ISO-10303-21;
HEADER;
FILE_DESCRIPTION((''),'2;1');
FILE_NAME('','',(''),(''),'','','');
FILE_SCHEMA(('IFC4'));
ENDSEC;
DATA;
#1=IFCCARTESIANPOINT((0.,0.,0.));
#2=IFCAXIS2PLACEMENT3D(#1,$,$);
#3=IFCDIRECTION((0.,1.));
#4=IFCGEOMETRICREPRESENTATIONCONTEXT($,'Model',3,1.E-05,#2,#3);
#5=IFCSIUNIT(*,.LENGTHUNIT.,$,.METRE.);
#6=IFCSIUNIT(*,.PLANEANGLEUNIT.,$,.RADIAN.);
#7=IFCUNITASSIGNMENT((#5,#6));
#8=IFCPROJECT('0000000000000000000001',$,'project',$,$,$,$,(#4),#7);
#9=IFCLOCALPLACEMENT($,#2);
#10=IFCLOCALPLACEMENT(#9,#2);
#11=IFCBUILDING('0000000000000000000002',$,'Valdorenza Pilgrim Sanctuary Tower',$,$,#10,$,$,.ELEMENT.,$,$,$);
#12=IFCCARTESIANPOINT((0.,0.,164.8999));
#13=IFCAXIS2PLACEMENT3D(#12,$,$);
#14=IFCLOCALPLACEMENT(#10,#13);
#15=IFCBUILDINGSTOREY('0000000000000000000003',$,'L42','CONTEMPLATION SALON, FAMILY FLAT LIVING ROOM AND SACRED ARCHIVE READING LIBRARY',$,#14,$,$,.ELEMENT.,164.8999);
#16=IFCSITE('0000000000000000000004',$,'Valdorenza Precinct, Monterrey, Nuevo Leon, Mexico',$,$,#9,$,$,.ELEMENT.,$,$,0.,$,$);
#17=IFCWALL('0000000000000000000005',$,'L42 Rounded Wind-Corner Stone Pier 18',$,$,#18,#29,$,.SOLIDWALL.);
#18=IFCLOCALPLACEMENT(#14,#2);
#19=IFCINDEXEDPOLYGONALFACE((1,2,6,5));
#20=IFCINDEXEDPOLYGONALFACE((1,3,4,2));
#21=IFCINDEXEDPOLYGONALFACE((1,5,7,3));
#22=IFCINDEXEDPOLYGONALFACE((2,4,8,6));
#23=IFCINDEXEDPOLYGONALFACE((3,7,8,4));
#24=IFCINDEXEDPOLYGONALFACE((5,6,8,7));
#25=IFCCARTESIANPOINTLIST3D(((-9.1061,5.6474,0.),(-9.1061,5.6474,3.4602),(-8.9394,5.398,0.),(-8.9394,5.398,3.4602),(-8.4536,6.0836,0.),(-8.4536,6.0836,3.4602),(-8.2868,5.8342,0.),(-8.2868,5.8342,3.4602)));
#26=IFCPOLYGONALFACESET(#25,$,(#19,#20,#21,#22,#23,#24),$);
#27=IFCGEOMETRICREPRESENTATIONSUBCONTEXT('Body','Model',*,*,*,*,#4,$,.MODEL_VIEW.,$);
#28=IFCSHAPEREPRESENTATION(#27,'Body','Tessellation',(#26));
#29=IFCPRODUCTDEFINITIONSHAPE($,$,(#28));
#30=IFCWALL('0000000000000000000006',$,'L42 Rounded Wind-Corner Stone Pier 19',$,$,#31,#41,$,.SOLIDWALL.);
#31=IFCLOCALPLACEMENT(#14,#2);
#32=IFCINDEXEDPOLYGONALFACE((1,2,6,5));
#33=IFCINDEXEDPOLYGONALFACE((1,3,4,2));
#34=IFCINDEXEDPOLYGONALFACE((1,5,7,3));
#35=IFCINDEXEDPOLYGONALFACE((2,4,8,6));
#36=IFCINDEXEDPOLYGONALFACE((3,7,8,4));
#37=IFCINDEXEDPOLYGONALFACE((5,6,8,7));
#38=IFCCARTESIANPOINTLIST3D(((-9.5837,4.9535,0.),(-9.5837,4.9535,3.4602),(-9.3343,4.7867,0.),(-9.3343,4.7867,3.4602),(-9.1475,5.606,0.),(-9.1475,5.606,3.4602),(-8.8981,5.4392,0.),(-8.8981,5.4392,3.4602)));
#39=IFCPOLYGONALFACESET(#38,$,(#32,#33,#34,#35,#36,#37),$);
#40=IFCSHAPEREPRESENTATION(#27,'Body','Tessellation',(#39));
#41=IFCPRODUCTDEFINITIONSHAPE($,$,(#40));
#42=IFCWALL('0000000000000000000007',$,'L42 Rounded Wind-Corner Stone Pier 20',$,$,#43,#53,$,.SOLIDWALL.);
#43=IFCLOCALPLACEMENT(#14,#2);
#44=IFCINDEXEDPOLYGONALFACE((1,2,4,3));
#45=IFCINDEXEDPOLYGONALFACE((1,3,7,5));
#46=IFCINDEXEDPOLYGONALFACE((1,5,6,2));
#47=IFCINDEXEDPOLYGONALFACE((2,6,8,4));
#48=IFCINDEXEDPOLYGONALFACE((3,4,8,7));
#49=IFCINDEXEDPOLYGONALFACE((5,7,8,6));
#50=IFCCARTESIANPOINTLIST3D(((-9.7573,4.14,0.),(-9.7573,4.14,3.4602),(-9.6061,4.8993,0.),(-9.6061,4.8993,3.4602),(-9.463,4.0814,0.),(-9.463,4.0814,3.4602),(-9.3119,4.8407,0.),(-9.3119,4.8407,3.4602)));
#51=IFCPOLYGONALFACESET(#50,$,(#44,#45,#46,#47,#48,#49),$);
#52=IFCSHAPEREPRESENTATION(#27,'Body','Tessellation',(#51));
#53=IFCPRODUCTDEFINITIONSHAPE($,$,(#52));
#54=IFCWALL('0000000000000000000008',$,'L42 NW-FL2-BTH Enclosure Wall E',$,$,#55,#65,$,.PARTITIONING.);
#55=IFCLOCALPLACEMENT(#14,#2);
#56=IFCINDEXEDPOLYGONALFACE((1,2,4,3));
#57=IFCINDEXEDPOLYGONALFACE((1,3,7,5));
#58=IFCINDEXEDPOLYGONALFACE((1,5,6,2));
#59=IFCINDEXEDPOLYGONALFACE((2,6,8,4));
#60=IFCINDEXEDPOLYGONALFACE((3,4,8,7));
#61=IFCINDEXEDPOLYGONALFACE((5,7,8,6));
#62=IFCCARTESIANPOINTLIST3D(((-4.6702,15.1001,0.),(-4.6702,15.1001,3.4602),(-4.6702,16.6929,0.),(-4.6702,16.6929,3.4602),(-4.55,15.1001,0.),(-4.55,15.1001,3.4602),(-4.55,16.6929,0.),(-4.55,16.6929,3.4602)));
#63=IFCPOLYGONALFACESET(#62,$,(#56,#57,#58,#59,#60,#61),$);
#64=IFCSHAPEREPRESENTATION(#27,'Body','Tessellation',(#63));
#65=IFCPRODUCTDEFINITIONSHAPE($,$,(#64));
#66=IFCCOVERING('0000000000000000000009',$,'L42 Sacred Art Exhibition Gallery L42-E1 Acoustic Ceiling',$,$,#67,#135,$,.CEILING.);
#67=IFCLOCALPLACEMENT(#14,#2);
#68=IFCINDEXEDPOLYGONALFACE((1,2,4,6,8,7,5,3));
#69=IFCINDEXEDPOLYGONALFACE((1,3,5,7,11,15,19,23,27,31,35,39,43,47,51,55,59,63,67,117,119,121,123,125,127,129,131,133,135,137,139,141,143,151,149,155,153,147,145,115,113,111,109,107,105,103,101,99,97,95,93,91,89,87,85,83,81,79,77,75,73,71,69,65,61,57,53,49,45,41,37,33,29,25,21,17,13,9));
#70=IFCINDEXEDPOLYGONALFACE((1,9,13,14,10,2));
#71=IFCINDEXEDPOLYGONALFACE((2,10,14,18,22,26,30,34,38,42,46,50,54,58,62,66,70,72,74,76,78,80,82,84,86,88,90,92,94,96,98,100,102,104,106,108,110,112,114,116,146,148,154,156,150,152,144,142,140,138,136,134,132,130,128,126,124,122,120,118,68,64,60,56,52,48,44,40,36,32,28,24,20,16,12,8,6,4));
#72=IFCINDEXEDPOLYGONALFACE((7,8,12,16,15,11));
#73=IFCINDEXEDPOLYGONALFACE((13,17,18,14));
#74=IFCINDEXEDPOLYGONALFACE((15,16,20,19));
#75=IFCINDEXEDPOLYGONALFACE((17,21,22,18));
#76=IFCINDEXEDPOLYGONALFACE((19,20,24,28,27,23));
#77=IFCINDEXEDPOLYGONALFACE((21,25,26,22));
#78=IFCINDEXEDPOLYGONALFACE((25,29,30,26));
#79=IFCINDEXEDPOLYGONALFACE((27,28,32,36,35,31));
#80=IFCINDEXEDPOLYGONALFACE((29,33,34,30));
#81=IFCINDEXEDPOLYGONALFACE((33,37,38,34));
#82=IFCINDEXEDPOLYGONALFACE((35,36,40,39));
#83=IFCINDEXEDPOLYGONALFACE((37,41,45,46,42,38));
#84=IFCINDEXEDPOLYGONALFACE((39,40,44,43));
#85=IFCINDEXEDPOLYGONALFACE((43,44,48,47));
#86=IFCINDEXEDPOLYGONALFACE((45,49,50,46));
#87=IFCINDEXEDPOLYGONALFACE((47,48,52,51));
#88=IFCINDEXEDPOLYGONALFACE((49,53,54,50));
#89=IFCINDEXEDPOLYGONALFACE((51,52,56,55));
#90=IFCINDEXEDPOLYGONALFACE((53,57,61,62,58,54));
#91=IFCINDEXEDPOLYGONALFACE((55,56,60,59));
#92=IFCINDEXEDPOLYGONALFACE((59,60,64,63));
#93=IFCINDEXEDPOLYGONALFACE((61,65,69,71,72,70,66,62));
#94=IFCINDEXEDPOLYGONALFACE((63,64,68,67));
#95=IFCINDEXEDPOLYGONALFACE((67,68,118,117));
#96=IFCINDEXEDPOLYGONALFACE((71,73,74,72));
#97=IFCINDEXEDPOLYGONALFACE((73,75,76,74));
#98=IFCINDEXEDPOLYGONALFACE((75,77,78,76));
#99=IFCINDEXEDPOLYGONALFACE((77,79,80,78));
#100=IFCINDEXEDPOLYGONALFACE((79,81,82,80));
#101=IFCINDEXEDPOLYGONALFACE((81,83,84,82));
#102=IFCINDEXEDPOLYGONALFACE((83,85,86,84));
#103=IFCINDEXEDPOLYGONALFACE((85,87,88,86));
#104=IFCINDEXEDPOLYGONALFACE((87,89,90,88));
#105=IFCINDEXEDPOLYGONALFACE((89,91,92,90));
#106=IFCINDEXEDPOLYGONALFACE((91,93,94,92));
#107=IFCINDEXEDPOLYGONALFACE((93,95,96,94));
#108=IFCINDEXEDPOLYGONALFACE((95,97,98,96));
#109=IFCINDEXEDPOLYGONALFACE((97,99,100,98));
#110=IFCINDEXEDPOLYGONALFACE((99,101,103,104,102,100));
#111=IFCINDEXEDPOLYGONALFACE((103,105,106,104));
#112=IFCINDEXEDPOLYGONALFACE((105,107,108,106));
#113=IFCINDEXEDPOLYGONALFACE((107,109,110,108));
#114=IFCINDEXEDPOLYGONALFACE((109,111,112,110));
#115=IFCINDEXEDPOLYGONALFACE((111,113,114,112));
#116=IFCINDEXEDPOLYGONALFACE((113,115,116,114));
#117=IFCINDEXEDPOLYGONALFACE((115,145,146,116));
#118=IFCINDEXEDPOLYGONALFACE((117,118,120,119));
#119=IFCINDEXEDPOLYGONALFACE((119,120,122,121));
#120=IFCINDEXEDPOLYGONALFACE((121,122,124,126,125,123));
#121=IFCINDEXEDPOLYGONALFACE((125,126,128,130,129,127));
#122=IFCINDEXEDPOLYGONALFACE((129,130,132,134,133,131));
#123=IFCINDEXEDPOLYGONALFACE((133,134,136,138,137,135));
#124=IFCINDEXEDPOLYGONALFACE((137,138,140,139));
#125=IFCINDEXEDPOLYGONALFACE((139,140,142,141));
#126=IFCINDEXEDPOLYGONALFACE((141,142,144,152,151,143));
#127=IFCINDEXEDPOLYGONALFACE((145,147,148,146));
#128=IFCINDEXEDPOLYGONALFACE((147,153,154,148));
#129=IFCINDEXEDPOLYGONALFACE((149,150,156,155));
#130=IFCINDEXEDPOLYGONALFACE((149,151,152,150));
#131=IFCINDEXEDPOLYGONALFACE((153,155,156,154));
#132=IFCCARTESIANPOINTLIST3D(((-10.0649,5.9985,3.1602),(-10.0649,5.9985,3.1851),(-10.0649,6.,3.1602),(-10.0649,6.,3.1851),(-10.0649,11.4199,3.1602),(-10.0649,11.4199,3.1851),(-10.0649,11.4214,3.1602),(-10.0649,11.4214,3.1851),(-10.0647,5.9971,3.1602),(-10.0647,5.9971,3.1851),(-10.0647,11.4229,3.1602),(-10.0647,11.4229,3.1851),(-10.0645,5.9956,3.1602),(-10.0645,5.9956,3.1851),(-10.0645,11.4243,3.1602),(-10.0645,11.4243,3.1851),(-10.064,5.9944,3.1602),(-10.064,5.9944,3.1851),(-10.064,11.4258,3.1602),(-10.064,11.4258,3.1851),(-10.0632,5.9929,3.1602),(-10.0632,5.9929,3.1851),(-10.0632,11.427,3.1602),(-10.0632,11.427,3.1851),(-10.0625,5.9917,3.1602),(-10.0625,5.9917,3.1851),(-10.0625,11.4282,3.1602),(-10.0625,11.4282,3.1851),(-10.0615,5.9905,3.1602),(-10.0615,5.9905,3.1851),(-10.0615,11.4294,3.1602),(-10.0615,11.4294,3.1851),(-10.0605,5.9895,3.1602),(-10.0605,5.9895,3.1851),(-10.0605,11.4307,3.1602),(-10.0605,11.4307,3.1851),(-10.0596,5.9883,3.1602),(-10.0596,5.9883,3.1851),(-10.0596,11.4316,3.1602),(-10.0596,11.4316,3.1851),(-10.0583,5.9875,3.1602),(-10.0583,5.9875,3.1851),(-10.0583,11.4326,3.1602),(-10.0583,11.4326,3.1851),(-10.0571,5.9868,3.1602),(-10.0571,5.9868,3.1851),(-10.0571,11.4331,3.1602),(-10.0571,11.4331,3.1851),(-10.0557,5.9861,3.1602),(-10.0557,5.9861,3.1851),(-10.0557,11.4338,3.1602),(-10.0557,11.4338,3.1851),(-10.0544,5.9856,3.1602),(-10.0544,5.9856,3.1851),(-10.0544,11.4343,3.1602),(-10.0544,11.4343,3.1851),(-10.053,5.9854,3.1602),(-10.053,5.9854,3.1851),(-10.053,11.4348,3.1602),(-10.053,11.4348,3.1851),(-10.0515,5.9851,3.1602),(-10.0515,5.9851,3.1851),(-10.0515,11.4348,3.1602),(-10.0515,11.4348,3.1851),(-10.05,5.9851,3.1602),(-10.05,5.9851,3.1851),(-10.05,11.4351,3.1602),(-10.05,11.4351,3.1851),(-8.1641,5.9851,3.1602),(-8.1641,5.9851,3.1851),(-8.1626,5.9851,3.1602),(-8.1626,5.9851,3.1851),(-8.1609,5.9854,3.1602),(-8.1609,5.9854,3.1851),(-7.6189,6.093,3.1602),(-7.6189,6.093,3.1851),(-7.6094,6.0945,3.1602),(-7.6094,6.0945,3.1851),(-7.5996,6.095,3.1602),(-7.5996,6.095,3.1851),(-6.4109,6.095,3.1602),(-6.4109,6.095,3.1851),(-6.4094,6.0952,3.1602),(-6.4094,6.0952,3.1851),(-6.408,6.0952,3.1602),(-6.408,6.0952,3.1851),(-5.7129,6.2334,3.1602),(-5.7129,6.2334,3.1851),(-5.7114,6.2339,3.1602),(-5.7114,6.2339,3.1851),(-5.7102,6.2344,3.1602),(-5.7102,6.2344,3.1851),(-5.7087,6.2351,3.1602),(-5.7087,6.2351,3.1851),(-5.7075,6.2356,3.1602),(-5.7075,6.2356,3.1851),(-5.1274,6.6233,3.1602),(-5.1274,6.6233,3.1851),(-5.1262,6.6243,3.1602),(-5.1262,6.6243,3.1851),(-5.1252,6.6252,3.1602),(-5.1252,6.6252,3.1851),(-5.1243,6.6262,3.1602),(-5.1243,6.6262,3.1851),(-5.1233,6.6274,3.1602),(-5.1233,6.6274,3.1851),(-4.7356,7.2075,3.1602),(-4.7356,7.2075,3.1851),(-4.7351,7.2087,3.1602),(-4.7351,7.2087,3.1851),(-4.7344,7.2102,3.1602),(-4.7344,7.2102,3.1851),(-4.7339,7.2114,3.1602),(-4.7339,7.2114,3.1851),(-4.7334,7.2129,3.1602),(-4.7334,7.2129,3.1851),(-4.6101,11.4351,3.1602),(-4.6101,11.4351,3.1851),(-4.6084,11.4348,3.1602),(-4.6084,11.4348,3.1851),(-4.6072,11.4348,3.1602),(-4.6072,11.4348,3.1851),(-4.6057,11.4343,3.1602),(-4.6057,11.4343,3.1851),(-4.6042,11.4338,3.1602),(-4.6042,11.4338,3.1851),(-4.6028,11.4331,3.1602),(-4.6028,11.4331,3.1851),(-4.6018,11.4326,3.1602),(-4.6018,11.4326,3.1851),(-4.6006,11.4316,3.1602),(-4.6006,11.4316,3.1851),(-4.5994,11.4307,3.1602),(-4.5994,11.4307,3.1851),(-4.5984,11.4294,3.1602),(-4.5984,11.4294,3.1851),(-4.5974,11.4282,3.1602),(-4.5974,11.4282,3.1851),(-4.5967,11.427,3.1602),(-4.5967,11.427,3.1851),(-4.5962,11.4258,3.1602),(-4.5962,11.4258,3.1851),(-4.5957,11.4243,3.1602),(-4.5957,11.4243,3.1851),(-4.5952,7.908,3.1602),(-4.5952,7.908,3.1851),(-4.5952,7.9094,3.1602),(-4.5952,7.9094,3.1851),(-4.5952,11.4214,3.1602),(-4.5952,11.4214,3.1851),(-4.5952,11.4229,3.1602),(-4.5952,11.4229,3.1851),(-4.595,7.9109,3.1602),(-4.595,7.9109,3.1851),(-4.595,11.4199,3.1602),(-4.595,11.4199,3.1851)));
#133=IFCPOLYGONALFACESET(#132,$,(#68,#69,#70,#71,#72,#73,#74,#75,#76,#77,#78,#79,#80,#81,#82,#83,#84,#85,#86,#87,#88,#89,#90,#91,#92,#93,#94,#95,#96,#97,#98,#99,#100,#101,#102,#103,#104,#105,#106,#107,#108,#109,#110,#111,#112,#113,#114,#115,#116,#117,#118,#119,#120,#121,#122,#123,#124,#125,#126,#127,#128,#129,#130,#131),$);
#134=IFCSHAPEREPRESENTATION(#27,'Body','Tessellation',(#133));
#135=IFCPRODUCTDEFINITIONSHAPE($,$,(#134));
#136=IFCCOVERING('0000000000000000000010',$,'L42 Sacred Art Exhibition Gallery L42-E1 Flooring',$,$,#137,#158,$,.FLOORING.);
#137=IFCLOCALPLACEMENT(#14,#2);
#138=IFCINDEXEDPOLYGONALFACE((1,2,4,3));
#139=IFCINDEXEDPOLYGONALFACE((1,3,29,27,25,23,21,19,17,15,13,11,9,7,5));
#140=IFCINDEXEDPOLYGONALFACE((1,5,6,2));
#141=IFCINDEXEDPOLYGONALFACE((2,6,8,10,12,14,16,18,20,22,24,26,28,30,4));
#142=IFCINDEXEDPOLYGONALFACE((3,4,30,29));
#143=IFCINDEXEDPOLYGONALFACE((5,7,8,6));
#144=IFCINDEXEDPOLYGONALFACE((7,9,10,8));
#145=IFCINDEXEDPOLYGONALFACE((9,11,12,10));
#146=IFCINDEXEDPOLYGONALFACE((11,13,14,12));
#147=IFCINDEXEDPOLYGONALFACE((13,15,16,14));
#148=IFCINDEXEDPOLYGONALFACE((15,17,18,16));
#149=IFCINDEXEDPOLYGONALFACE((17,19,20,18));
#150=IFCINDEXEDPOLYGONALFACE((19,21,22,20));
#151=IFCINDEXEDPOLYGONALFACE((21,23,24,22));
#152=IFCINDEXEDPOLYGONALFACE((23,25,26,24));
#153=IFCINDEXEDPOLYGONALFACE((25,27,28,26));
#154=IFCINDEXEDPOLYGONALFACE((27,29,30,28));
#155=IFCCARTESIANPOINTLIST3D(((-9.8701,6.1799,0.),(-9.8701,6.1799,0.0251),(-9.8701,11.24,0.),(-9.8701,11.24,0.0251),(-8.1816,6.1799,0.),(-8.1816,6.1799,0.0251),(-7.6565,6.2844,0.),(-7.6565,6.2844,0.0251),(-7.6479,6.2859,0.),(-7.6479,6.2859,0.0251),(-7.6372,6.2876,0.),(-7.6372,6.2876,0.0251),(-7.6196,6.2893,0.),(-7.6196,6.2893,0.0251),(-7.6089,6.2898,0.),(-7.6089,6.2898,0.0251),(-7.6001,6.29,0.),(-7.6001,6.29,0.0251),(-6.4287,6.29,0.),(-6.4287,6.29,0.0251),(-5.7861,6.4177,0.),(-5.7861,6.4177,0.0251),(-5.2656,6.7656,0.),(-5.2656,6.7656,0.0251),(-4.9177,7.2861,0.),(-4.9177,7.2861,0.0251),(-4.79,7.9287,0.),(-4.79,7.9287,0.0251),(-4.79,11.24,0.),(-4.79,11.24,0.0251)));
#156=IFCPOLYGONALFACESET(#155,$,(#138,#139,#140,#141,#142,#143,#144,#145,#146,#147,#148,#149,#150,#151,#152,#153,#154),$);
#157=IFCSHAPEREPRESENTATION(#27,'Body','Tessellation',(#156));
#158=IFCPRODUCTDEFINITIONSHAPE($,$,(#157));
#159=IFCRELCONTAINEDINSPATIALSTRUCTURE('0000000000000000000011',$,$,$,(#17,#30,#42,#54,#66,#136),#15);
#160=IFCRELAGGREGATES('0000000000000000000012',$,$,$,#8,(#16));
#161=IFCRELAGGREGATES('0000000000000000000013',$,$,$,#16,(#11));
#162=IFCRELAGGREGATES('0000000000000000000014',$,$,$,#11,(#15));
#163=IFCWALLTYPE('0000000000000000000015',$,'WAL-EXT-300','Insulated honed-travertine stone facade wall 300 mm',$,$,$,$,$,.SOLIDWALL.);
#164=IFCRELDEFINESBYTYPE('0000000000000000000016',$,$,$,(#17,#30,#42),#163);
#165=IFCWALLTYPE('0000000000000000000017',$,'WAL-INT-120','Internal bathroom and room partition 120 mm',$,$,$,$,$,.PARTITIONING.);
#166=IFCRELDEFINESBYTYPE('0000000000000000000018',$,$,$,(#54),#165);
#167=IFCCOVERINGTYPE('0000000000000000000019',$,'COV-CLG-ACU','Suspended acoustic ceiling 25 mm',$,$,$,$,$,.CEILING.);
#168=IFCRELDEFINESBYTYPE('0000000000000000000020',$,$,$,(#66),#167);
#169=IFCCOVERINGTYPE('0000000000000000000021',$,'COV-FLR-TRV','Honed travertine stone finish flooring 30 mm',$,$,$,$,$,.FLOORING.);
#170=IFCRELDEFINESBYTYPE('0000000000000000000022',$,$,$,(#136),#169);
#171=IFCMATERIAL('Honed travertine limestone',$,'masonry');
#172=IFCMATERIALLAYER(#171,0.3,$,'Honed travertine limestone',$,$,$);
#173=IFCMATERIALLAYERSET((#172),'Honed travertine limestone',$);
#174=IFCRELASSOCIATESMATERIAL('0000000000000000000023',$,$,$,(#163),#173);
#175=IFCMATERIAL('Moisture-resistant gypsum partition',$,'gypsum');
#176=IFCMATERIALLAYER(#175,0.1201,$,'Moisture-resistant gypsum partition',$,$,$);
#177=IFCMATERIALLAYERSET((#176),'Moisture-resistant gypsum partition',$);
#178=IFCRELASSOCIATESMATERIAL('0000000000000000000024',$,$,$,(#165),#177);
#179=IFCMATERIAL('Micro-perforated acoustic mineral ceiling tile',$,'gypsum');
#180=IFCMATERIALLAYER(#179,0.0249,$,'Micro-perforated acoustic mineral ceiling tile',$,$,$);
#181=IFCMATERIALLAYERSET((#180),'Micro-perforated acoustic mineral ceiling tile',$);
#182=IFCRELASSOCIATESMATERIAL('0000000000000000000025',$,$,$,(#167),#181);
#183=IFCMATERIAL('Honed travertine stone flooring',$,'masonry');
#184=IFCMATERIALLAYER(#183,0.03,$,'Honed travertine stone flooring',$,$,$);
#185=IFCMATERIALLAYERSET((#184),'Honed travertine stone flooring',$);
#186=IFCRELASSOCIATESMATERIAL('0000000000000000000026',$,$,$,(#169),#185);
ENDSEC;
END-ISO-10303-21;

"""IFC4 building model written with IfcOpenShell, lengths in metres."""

from ifc_helpers import new_model, si_unit, direction, frame, frame_2d, origin, place, context, subcontext, project, spatial, polyline, rectangle, outline, extrude, material, layer, layer_set, type_object, element, save


model = new_model("IFC4")

# Units and contexts
model_context = context("Model", 3, precision=1e-05, world=origin(), true_north=direction((0.0, 1.0)))
body_context = subcontext(model_context, "Body", "Model", "MODEL_VIEW")
ifc_project = project(units=[si_unit("LENGTHUNIT", "METRE"), si_unit("PLANEANGLEUNIT", "RADIAN")], contexts=[model_context])

# Site, building, storey
site_placement = place(None, origin())
site = spatial("IfcSite", under=ifc_project, at=site_placement, Name="Valdorenza Precinct, Monterrey, Nuevo Leon, Mexico", CompositionType="ELEMENT", RefElevation=0.0)
building_placement = place(site_placement, origin())
building = spatial("IfcBuilding", under=site, at=building_placement, Name="Valdorenza Pilgrim Sanctuary Tower", CompositionType="ELEMENT")
storey_placement = place(building_placement, frame((0.0, 0.0, 164.8999)))
storey = spatial("IfcBuildingStorey", under=building, at=storey_placement, Name="L42", Description="CONTEMPLATION SALON, FAMILY FLAT LIVING ROOM AND SACRED ARCHIVE READING LIBRARY", CompositionType="ELEMENT", Elevation=164.8999)

# Shared definitions
ifc_material_1 = material(Name="Honed travertine limestone", Category="masonry")

# Walls
ifc_layer_1 = layer(ifc_material_1, 0.3, Name="Honed travertine limestone")
ifc_layer_set_1 = layer_set([ifc_layer_1], Name="Honed travertine limestone")
wall_type_1 = type_object("IfcWallType", Name="WAL-EXT-300", Description="Insulated honed-travertine stone facade wall 300 mm", PredefinedType="SOLIDWALL", material=ifc_layer_set_1)
for number, where, z_axis, x_axis, name in (
    (1, (-8.3701, 5.959, 0.0), (0.0, 0.0, 1.0), (-0.831332, -0.555776, 0.0), "L42 Rounded Wind-Corner Stone Pier 18"),
    (2, (-9.0227, 5.5227, 0.0), (0.0, 0.0, 1.0), (-0.555776, -0.831332, 0.0), "L42 Rounded Wind-Corner Stone Pier 19"),
):
    element("IfcWall", number, at=place(storey_placement, frame(where, z_axis=z_axis, x_axis=x_axis)), inside=storey, type_object=wall_type_1, Name=name, PredefinedType="SOLIDWALL", context=body_context, shape_type="SweptSolid", body=[
        extrude(rectangle(XDim=0.7849, YDim=0.3, at=frame_2d((0.3926, 0.0))), origin(), (0.0, 0.0, 1.0), 3.4602),
    ])
wall_1_placement = place(storey_placement, frame((-9.459, 4.8701, 0.0), z_axis=(0.0, 0.0, 1.0), x_axis=(-0.195206, -0.980762, 0.0)))
element("IfcWall", 3, at=wall_1_placement, inside=storey, type_object=wall_type_1, Name="L42 Rounded Wind-Corner Stone Pier 20", PredefinedType="SOLIDWALL", context=body_context, shape_type="SweptSolid", body=[
    extrude(rectangle(XDim=0.7742, YDim=0.3, at=frame_2d((0.3872, 0.0))), origin(), (0.0, 0.0, 1.0), 3.4602),
])
ifc_material_2 = material(Name="Moisture-resistant gypsum partition", Category="gypsum")
ifc_layer_2 = layer(ifc_material_2, 0.1201, Name="Moisture-resistant gypsum partition")
ifc_layer_set_2 = layer_set([ifc_layer_2], Name="Moisture-resistant gypsum partition")
wall_type_2 = type_object("IfcWallType", Name="WAL-INT-120", Description="Internal bathroom and room partition 120 mm", PredefinedType="PARTITIONING", material=ifc_layer_set_2)
wall_2_placement = place(storey_placement, frame((-4.6101, 15.1001, 0.0), z_axis=(0.0, 0.0, 1.0), x_axis=(0.0, 1.0, 0.0)))
element("IfcWall", 4, at=wall_2_placement, inside=storey, type_object=wall_type_2, Name="L42 NW-FL2-BTH Enclosure Wall E", PredefinedType="PARTITIONING", context=body_context, shape_type="SweptSolid", body=[
    extrude(rectangle(XDim=1.5928, YDim=0.1201, at=frame_2d((0.7964, 0.0))), origin(), (0.0, 0.0, 1.0), 3.4602),
])

# Coverings
ifc_material_3 = material(Name="Micro-perforated acoustic mineral ceiling tile", Category="gypsum")
ifc_layer_3 = layer(ifc_material_3, 0.0249, Name="Micro-perforated acoustic mineral ceiling tile")
ifc_layer_set_3 = layer_set([ifc_layer_3], Name="Micro-perforated acoustic mineral ceiling tile")
covering_type_1 = type_object("IfcCoveringType", Name="COV-CLG-ACU", Description="Suspended acoustic ceiling 25 mm", PredefinedType="CEILING", material=ifc_layer_set_3)
covering_1_placement = place(storey_placement, frame((0.0, 0.0, 3.1602)))
element("IfcCovering", 5, at=covering_1_placement, inside=storey, type_object=covering_type_1, Name="L42 Sacred Art Exhibition Gallery L42-E1 Acoustic Ceiling", PredefinedType="CEILING", context=body_context, shape_type="SweptSolid", body=[
    extrude(outline(polyline([(-10.0649, 11.4199), (-10.0649, 11.4214), (-10.0647, 11.4229), (-10.0645, 11.4243), (-10.064, 11.4258), (-10.0632, 11.427), (-10.0625, 11.4282), (-10.0615, 11.4294), (-10.0605, 11.4307), (-10.0596, 11.4316), (-10.0583, 11.4326), (-10.0571, 11.4331), (-10.0557, 11.4338), (-10.0544, 11.4343), (-10.053, 11.4348), (-10.0515, 11.4348), (-10.05, 11.4351), (-4.6101, 11.4351), (-4.6084, 11.4348), (-4.6072, 11.4348), (-4.6057, 11.4343), (-4.6042, 11.4338), (-4.6028, 11.4331), (-4.6018, 11.4326), (-4.6006, 11.4316), (-4.5994, 11.4307), (-4.5984, 11.4294), (-4.5974, 11.4282), (-4.5967, 11.427), (-4.5962, 11.4258), (-4.5957, 11.4243), (-4.5952, 11.4229), (-4.5952, 11.4214), (-4.595, 11.4199), (-4.595, 7.9109), (-4.5952, 7.9094), (-4.5952, 7.908), (-4.7334, 7.2129), (-4.7339, 7.2114), (-4.7344, 7.2102), (-4.7351, 7.2087), (-4.7356, 7.2075), (-5.1233, 6.6274), (-5.1243, 6.6262), (-5.1252, 6.6252), (-5.1262, 6.6243), (-5.1274, 6.6233), (-5.7075, 6.2356), (-5.7087, 6.2351), (-5.7102, 6.2344), (-5.7114, 6.2339), (-5.7129, 6.2334), (-6.408, 6.0952), (-6.4094, 6.0952), (-6.4109, 6.095), (-7.5996, 6.095), (-7.6094, 6.0945), (-7.6189, 6.093), (-8.1609, 5.9854), (-8.1626, 5.9851), (-8.1641, 5.9851), (-10.05, 5.9851), (-10.0515, 5.9851), (-10.053, 5.9854), (-10.0544, 5.9856), (-10.0557, 5.9861), (-10.0571, 5.9868), (-10.0583, 5.9875), (-10.0596, 5.9883), (-10.0605, 5.9895), (-10.0615, 5.9905), (-10.0625, 5.9917), (-10.0632, 5.9929), (-10.064, 5.9944), (-10.0645, 5.9956), (-10.0647, 5.9971), (-10.0649, 5.9985), (-10.0649, 6.0), (-10.0649, 11.4199)])), origin(), (0.0, 0.0, 1.0), 0.0249),
])
ifc_material_4 = material(Name="Honed travertine stone flooring", Category="masonry")
ifc_layer_4 = layer(ifc_material_4, 0.03, Name="Honed travertine stone flooring")
ifc_layer_set_4 = layer_set([ifc_layer_4], Name="Honed travertine stone flooring")
covering_type_2 = type_object("IfcCoveringType", Name="COV-FLR-TRV", Description="Honed travertine stone finish flooring 30 mm", PredefinedType="FLOORING", material=ifc_layer_set_4)
covering_2_placement = place(storey_placement, origin())
element("IfcCovering", 6, at=covering_2_placement, inside=storey, type_object=covering_type_2, Name="L42 Sacred Art Exhibition Gallery L42-E1 Flooring", PredefinedType="FLOORING", context=body_context, shape_type="SweptSolid", body=[
    extrude(outline(polyline([(-9.8701, 11.24), (-4.79, 11.24), (-4.79, 7.9287), (-4.9177, 7.2861), (-5.2656, 6.7656), (-5.7861, 6.4177), (-6.4287, 6.29), (-7.6001, 6.29), (-7.6089, 6.2898), (-7.6196, 6.2893), (-7.6372, 6.2876), (-7.6479, 6.2859), (-7.6565, 6.2844), (-8.1816, 6.1799), (-9.8701, 6.1799), (-9.8701, 11.24)])), origin(), (0.0, 0.0, 1.0), 0.0251),
])

save(model, "model.ifc")
